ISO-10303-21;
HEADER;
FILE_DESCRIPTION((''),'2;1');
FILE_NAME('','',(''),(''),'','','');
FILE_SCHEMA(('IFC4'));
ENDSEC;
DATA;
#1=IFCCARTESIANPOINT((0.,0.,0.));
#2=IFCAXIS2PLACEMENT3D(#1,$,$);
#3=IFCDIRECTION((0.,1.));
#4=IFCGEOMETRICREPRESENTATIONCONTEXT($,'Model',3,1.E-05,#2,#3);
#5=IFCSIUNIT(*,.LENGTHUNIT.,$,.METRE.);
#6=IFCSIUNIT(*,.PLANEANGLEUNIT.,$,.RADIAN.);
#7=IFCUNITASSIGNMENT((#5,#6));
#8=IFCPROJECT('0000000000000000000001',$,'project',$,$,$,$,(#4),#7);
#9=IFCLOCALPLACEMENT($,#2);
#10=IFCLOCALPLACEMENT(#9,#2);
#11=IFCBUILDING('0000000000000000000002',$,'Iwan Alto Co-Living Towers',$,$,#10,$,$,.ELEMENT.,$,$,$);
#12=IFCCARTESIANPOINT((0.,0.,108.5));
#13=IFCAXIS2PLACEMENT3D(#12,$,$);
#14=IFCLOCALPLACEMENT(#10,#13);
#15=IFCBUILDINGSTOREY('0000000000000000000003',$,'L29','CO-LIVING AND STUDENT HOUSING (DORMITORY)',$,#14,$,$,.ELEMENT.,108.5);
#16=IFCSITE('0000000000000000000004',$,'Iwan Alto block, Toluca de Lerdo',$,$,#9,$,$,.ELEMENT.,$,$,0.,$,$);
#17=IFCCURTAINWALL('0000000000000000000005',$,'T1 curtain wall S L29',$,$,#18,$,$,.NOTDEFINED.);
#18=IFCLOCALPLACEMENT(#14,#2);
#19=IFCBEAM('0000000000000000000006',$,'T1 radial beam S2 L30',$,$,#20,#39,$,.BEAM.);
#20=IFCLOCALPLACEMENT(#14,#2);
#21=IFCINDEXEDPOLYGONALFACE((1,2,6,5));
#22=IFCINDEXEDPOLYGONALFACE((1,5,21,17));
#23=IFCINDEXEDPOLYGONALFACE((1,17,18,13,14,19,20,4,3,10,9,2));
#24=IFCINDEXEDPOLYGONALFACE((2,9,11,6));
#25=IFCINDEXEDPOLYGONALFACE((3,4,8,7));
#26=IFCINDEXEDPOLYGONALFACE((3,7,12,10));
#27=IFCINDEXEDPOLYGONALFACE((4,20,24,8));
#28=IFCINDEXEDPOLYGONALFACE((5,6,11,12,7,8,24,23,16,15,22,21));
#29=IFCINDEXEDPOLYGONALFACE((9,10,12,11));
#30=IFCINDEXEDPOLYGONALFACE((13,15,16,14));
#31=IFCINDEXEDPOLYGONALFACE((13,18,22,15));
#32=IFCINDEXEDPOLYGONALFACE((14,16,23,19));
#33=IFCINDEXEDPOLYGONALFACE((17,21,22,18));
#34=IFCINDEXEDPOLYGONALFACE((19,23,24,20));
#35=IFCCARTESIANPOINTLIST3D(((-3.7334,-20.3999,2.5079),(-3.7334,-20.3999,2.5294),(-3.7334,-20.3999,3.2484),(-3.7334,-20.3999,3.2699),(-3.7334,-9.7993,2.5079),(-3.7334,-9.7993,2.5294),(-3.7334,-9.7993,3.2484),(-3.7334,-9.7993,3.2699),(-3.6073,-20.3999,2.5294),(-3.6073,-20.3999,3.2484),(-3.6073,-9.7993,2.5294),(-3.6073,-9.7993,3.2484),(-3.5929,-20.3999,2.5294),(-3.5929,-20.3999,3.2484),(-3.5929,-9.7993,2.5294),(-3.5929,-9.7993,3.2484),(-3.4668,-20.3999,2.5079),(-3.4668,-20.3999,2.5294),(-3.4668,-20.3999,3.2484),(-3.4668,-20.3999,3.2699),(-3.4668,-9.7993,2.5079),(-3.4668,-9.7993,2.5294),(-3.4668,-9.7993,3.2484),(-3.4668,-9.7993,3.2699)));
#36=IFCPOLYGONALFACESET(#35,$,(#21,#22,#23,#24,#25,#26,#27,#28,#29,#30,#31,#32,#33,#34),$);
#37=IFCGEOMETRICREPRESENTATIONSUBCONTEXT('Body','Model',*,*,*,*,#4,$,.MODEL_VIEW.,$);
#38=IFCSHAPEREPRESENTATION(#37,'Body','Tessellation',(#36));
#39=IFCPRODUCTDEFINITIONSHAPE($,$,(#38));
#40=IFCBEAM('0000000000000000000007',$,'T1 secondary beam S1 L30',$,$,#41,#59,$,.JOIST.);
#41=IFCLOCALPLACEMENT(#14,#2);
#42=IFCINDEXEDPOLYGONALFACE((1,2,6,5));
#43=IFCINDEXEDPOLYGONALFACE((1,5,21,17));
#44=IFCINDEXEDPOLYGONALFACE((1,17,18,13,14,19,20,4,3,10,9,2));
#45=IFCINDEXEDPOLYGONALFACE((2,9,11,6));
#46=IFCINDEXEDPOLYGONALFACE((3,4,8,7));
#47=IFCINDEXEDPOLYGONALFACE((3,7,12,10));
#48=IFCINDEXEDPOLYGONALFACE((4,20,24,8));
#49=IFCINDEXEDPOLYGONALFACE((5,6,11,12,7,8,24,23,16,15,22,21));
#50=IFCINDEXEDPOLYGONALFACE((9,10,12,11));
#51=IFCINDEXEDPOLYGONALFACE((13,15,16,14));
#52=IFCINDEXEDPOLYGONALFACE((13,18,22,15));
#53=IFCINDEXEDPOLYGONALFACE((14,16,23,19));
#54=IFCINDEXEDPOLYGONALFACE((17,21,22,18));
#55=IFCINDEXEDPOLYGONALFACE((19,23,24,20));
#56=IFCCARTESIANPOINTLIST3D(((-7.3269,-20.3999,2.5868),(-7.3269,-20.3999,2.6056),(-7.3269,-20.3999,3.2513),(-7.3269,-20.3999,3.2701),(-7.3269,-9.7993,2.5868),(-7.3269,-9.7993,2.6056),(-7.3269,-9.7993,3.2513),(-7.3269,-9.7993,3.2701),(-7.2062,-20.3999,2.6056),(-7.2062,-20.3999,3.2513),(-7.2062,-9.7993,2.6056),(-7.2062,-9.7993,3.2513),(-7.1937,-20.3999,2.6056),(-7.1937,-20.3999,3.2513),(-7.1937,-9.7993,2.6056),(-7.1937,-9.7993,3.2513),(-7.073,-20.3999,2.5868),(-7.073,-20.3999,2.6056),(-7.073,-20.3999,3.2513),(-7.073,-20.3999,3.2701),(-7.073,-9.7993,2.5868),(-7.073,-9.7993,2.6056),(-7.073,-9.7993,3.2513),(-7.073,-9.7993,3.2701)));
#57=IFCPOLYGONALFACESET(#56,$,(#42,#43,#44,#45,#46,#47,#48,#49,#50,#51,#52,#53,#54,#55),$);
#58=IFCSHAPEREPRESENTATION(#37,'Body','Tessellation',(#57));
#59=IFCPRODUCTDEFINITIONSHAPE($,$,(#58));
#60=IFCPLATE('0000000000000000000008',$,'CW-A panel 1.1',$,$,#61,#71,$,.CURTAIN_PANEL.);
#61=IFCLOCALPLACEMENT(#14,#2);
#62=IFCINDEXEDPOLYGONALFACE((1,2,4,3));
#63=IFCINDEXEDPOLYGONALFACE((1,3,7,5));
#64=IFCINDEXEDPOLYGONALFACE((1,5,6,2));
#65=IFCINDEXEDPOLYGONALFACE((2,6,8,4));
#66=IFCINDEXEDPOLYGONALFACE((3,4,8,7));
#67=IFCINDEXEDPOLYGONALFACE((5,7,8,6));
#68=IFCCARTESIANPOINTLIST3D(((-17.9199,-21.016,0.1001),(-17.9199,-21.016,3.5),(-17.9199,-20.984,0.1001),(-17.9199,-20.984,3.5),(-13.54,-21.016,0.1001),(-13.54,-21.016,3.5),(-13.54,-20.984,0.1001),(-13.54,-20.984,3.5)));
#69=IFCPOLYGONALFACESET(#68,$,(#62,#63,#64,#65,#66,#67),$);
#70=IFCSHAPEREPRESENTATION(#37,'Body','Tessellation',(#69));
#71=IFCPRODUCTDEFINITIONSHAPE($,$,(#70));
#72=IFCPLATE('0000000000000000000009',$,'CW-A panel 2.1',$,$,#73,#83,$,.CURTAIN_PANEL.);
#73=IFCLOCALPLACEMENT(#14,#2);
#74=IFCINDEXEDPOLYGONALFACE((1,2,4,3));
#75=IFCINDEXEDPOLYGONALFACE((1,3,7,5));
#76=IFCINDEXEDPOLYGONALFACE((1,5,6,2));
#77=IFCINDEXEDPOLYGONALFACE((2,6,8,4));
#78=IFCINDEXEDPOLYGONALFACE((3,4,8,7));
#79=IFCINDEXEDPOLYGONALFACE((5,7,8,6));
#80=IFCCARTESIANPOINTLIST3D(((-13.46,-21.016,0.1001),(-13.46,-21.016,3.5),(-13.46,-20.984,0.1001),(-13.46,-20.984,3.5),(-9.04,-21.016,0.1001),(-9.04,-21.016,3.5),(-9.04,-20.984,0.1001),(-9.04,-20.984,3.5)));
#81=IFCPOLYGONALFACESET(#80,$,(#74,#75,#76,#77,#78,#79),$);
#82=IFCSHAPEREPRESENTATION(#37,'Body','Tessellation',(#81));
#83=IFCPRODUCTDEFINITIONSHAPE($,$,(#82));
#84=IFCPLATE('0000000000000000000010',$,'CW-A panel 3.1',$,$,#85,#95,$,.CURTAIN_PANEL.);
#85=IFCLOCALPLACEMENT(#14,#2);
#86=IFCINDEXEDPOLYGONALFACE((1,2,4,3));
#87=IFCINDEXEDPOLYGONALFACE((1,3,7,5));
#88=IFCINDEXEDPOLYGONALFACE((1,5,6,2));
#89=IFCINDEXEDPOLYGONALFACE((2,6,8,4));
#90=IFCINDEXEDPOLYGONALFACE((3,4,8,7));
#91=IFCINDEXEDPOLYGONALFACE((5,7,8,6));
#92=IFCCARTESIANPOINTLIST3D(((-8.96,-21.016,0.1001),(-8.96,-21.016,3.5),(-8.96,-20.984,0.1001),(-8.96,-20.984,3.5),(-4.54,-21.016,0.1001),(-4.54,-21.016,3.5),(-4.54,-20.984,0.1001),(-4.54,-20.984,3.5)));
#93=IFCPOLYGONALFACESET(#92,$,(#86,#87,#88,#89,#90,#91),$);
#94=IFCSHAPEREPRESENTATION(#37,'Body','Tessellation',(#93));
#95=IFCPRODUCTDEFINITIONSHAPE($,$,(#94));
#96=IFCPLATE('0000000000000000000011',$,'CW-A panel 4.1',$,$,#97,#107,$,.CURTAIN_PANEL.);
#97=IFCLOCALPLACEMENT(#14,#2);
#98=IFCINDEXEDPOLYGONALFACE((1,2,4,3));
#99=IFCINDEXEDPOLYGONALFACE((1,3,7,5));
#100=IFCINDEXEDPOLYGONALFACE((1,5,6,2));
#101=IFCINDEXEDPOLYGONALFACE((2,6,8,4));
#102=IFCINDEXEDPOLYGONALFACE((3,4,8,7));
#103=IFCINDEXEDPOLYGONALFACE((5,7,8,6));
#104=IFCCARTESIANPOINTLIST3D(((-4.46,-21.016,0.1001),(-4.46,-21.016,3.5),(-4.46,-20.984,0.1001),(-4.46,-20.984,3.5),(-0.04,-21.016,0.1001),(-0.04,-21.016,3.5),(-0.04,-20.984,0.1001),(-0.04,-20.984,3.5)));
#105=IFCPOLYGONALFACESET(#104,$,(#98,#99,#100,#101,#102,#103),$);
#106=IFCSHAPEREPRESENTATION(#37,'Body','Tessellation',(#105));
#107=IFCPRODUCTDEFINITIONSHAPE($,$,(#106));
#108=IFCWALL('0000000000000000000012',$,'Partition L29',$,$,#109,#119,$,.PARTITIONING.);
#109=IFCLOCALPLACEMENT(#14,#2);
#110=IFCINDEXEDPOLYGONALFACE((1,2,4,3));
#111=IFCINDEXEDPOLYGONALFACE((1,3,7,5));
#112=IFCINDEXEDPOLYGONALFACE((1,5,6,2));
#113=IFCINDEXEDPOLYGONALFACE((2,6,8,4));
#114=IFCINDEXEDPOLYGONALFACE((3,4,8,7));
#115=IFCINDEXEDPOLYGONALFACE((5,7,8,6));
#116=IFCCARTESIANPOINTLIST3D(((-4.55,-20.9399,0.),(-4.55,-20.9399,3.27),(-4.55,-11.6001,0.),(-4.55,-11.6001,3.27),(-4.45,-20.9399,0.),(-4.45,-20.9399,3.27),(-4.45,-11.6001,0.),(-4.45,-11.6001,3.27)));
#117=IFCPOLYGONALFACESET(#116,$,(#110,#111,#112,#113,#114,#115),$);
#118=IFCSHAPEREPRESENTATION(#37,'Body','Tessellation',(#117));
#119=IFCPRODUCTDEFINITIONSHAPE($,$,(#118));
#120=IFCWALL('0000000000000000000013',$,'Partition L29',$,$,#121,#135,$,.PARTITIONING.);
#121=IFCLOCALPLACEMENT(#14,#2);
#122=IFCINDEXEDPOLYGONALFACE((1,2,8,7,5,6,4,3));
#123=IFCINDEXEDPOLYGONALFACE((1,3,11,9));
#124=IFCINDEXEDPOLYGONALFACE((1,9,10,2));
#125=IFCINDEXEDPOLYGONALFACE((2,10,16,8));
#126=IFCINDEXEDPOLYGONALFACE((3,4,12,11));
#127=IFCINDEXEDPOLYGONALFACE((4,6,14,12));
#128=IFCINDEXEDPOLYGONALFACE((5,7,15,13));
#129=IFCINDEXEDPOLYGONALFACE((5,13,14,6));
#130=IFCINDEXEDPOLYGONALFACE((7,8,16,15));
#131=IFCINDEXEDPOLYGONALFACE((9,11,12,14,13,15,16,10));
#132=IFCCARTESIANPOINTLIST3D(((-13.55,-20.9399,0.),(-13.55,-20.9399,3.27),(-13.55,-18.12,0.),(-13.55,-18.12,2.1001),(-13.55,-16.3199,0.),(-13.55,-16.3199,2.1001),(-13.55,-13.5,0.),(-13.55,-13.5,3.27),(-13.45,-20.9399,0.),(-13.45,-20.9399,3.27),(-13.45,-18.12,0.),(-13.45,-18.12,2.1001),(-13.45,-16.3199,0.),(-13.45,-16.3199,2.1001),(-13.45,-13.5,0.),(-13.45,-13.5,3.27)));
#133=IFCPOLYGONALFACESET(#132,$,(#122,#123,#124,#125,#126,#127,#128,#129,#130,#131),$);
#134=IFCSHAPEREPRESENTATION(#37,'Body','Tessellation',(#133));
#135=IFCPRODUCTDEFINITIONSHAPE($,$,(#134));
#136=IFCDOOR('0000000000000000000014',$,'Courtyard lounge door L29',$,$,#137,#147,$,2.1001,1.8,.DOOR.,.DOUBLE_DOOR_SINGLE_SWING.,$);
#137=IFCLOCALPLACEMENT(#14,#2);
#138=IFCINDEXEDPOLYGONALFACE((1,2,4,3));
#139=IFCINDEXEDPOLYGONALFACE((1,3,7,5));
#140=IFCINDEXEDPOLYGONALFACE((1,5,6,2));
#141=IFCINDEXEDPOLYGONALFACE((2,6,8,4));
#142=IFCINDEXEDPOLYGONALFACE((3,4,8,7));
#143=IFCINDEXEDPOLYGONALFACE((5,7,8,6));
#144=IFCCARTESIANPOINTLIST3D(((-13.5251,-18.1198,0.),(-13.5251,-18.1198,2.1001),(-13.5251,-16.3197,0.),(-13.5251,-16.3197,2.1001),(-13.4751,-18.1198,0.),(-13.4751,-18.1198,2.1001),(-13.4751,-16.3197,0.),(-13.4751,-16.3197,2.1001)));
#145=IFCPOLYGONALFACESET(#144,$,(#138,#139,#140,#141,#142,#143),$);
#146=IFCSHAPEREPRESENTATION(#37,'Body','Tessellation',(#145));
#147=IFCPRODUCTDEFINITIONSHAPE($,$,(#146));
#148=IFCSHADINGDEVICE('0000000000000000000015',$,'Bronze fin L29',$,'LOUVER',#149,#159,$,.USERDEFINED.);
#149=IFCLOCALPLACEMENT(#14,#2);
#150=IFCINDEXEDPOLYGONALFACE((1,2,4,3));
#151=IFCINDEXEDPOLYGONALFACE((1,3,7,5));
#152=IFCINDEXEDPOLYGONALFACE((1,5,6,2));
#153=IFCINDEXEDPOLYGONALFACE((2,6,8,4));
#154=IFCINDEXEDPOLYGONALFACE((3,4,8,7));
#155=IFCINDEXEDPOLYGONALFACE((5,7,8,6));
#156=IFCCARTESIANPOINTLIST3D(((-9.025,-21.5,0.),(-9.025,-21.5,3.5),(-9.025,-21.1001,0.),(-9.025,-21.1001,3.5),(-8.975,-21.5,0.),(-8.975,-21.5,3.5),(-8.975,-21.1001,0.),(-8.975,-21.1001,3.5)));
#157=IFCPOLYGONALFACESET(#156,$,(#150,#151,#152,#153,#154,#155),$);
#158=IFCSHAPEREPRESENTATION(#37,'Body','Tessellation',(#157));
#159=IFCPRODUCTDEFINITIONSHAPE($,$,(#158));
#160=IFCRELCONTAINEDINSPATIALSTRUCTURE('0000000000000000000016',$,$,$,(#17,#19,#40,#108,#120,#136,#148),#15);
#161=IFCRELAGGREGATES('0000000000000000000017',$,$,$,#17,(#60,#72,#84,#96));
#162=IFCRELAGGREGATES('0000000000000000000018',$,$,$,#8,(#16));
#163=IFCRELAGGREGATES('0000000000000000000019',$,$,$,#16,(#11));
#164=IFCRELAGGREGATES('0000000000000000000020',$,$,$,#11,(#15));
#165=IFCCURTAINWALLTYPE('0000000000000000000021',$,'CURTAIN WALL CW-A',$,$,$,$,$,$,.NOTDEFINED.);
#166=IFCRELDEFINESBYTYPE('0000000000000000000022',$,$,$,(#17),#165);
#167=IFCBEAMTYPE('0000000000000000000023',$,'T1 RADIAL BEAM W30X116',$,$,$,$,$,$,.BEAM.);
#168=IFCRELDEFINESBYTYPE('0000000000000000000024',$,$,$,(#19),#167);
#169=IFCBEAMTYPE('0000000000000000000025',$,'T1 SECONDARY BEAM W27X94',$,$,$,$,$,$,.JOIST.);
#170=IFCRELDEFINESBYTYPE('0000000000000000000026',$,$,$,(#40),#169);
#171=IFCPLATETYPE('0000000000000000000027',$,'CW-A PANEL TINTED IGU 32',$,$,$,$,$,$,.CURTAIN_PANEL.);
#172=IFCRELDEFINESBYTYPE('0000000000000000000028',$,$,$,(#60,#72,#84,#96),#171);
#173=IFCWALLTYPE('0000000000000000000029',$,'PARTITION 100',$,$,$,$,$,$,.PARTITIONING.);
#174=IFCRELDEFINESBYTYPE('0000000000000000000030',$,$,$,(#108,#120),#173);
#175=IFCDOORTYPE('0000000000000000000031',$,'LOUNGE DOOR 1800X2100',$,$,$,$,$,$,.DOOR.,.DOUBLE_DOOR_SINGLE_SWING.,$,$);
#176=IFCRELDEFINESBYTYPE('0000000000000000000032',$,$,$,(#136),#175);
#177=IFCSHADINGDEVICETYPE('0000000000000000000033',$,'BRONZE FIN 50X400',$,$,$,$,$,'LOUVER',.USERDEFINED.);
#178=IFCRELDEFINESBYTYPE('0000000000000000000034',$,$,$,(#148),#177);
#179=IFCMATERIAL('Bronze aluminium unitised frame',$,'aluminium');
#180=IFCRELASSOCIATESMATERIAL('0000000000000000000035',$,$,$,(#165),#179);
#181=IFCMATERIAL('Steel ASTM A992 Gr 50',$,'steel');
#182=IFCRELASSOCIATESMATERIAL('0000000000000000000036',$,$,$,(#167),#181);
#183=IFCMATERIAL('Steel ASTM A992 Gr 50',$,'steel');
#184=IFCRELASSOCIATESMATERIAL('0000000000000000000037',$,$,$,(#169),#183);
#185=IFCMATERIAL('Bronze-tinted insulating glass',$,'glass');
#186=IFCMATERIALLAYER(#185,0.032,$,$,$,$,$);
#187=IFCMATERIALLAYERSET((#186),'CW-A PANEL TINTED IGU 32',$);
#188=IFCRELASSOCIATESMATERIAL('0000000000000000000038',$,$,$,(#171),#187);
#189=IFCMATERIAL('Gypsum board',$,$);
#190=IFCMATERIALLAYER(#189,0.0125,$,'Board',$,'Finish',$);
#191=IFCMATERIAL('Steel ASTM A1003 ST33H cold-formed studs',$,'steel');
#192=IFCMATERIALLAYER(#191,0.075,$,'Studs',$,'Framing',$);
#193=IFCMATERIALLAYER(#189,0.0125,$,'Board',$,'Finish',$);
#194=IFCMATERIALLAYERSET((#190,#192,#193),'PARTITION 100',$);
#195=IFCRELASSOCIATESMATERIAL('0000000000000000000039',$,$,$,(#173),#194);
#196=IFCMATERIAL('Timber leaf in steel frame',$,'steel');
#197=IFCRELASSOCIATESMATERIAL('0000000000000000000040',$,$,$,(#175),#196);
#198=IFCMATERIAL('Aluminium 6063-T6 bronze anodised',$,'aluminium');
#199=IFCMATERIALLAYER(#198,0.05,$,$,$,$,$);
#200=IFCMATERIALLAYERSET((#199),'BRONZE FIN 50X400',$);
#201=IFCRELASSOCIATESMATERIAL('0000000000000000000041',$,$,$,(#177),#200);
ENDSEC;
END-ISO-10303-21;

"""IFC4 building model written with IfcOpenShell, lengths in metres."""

from ifc_helpers import new_model, si_unit, direction, frame, frame_2d, origin, origin_2d, place, context, subcontext, project, spatial, rectangle, i_section, extrude, material, layer, layer_set, material_profile, profile_set, type_object, element, fill, aggregate, save


model = new_model("IFC4")

# Units and contexts
model_context = context("Model", 3, precision=1e-05, world=origin(), true_north=direction((0.0, 1.0)))
body_context = subcontext(model_context, "Body", "Model", "MODEL_VIEW")
ifc_project = project(units=[si_unit("LENGTHUNIT", "METRE"), si_unit("PLANEANGLEUNIT", "RADIAN")], contexts=[model_context])

# Site, building, storey
site_placement = place(None, origin())
site = spatial("IfcSite", under=ifc_project, at=site_placement, Name="Iwan Alto block, Toluca de Lerdo", CompositionType="ELEMENT", RefElevation=0.0)
building_placement = place(site_placement, origin())
building = spatial("IfcBuilding", under=site, at=building_placement, Name="Iwan Alto Co-Living Towers", CompositionType="ELEMENT")
storey_placement = place(building_placement, frame((0.0, 0.0, 108.5)))
storey = spatial("IfcBuildingStorey", under=building, at=storey_placement, Name="L29", Description="CO-LIVING AND STUDENT HOUSING (DORMITORY)", CompositionType="ELEMENT", Elevation=108.5)

# Curtain wall
ifc_material_1 = material(Name="Bronze aluminium unitised frame", Category="aluminium")
curtain_wall_type = type_object("IfcCurtainWallType", Name="CURTAIN WALL CW-A", PredefinedType="NOTDEFINED", material=ifc_material_1)
curtain_wall_placement = place(storey_placement, origin())
curtain_wall = element("IfcCurtainWall", 1, at=curtain_wall_placement, inside=storey, type_object=curtain_wall_type, Name="T1 curtain wall S L29", PredefinedType="NOTDEFINED")

# Beams
ifc_material_2 = material(Name="Steel ASTM A992 Gr 50", Category="steel")
ifc_material_profile_1 = material_profile(ifc_material_2, i_section(OverallWidth=0.2666, OverallDepth=0.762, WebThickness=0.0144, FlangeThickness=0.0215, at=origin_2d()), Name="W30X116")
ifc_profile_set_1 = profile_set([ifc_material_profile_1], Name="Steel ASTM A992 Gr 50")
beam_type_1 = type_object("IfcBeamType", Name="T1 RADIAL BEAM W30X116", PredefinedType="BEAM", material=ifc_profile_set_1)
beam_1_placement = place(storey_placement, frame((-3.6001, -20.3999, 2.8889), z_axis=(0.0, 1.0, 0.0), x_axis=(-1.0, 0.0, 0.0)))
element("IfcBeam", 2, at=beam_1_placement, inside=storey, type_object=beam_type_1, Name="T1 radial beam S2 L30", PredefinedType="BEAM", context=body_context, shape_type="SweptSolid", body=[
    extrude(i_section(OverallWidth=0.2666, OverallDepth=0.762, WebThickness=0.0144, FlangeThickness=0.0215, at=origin_2d()), origin(), (0.0, 0.0, 1.0), 10.6006),
])
ifc_material_3 = material(Name="Steel ASTM A992 Gr 50", Category="steel")
ifc_material_profile_2 = material_profile(ifc_material_3, i_section(OverallWidth=0.2539, OverallDepth=0.6833, WebThickness=0.0125, FlangeThickness=0.0188, at=origin_2d()), Name="W27X94")
ifc_profile_set_2 = profile_set([ifc_material_profile_2], Name="Steel ASTM A992 Gr 50")
beam_type_2 = type_object("IfcBeamType", Name="T1 SECONDARY BEAM W27X94", PredefinedType="JOIST", material=ifc_profile_set_2)
beam_2_placement = place(storey_placement, frame((-7.2, -20.3999, 2.9285), z_axis=(0.0, 1.0, 0.0), x_axis=(-1.0, 0.0, 0.0)))
element("IfcBeam", 3, at=beam_2_placement, inside=storey, type_object=beam_type_2, Name="T1 secondary beam S1 L30", PredefinedType="JOIST", context=body_context, shape_type="SweptSolid", body=[
    extrude(i_section(OverallWidth=0.2539, OverallDepth=0.6833, WebThickness=0.0125, FlangeThickness=0.0188, at=origin_2d()), origin(), (0.0, 0.0, 1.0), 10.6006),
])

# Plates
ifc_material_4 = material(Name="Bronze-tinted insulating glass", Category="glass")
ifc_layer_1 = layer(ifc_material_4, 0.032)
ifc_layer_set_1 = layer_set([ifc_layer_1], Name="CW-A PANEL TINTED IGU 32")
plate_type = type_object("IfcPlateType", Name="CW-A PANEL TINTED IGU 32", PredefinedType="CURTAIN_PANEL", material=ifc_layer_set_1)
plate_1_placement = place(storey_placement, frame((-15.73, -21.0, 0.1001), z_axis=(0.0, 0.0, 1.0), x_axis=(1.0, 0.0, 0.0)))
plate_1 = element("IfcPlate", 4, at=plate_1_placement, type_object=plate_type, Name="CW-A panel 1.1", PredefinedType="CURTAIN_PANEL", context=body_context, shape_type="SweptSolid", body=[
    extrude(rectangle(XDim=4.3799, YDim=0.032, at=origin_2d()), origin(), (0.0, 0.0, 1.0), 3.3999),
])
plate_2_placement = place(storey_placement, frame((-11.25, -21.0, 0.1001), z_axis=(0.0, 0.0, 1.0), x_axis=(1.0, 0.0, 0.0)))
plate_2 = element("IfcPlate", 5, at=plate_2_placement, type_object=plate_type, Name="CW-A panel 2.1", PredefinedType="CURTAIN_PANEL", context=body_context, shape_type="SweptSolid", body=[
    extrude(rectangle(XDim=4.4199, YDim=0.032, at=origin_2d()), origin(), (0.0, 0.0, 1.0), 3.3999),
])
plate_3_placement = place(storey_placement, frame((-6.75, -21.0, 0.1001), z_axis=(0.0, 0.0, 1.0), x_axis=(1.0, 0.0, 0.0)))
plate_3 = element("IfcPlate", 6, at=plate_3_placement, type_object=plate_type, Name="CW-A panel 3.1", PredefinedType="CURTAIN_PANEL", context=body_context, shape_type="SweptSolid", body=[
    extrude(rectangle(XDim=4.4199, YDim=0.032, at=origin_2d()), origin(), (0.0, 0.0, 1.0), 3.3999),
])
plate_4_placement = place(storey_placement, frame((-2.25, -21.0, 0.1001), z_axis=(0.0, 0.0, 1.0), x_axis=(1.0, 0.0, 0.0)))
plate_4 = element("IfcPlate", 7, at=plate_4_placement, type_object=plate_type, Name="CW-A panel 4.1", PredefinedType="CURTAIN_PANEL", context=body_context, shape_type="SweptSolid", body=[
    extrude(rectangle(XDim=4.4199, YDim=0.032, at=origin_2d()), origin(), (0.0, 0.0, 1.0), 3.3999),
])
aggregate(curtain_wall, [plate_1, plate_2, plate_3, plate_4])

# Wall
ifc_material_5 = material(Name="Gypsum board")
ifc_layer_2 = layer(ifc_material_5, 0.0125, Name="Board", Category="Finish")
ifc_material_6 = material(Name="Steel ASTM A1003 ST33H cold-formed studs", Category="steel")
ifc_layer_3 = layer(ifc_material_6, 0.075, Name="Studs", Category="Framing")
ifc_layer_4 = layer(ifc_material_5, 0.0125, Name="Board", Category="Finish")
ifc_layer_set_2 = layer_set([ifc_layer_2, ifc_layer_3, ifc_layer_4], Name="PARTITION 100")
wall_type = type_object("IfcWallType", Name="PARTITION 100", PredefinedType="PARTITIONING", material=ifc_layer_set_2)
wall_1_placement = place(storey_placement, frame((-4.5, -20.9399, 0.0), z_axis=(0.0, 0.0, 1.0), x_axis=(0.0, 1.0, 0.0)))
element("IfcWall", 8, at=wall_1_placement, inside=storey, type_object=wall_type, Name="Partition L29", PredefinedType="PARTITIONING", context=body_context, shape_type="SweptSolid", body=[
    extrude(rectangle(XDim=9.3398, YDim=0.1001, at=frame_2d((4.6699, 0.0))), origin(), (0.0, 0.0, 1.0), 3.27),
])

# Wall, opening, door
wall_2_placement = place(storey_placement, frame((-13.5, -20.9399, 0.0), z_axis=(0.0, 0.0, 1.0), x_axis=(0.0, 1.0, 0.0)))
wall_2 = element("IfcWall", 9, at=wall_2_placement, inside=storey, type_object=wall_type, Name="Partition L29", PredefinedType="PARTITIONING", context=body_context, shape_type="SweptSolid", body=[
    extrude(rectangle(XDim=7.4399, YDim=0.1001, at=frame_2d((3.72, 0.0))), origin(), (0.0, 0.0, 1.0), 3.27),
])
opening_placement = place(wall_2_placement, frame((2.8201, 0.0, 0.0)))
opening = element("IfcOpeningElement", 10, at=opening_placement, cuts=wall_2, PredefinedType="OPENING", context=body_context, shape_type="SweptSolid", body=[
    extrude(rectangle(XDim=1.8, YDim=2.1001, at=frame_2d((0.8999, 1.05))), frame((0.0, 0.0601, 0.0), z_axis=(0.0, -1.0, 0.0), x_axis=(1.0, 0.0, 0.0)), (0.0, 0.0, 1.0), 0.1201),
])
ifc_material_7 = material(Name="Timber leaf in steel frame", Category="steel")
door_type = type_object("IfcDoorType", Name="LOUNGE DOOR 1800X2100", OperationType="DOUBLE_DOOR_SINGLE_SWING", PredefinedType="DOOR", material=ifc_material_7)
door_placement = place(opening_placement, frame((1.8, 0.0, 0.0), z_axis=(0.0, 0.0, 1.0), x_axis=(-1.0, 0.0, 0.0)))
door = element("IfcDoor", 11, at=door_placement, inside=storey, type_object=door_type, Name="Courtyard lounge door L29", OperationType="DOUBLE_DOOR_SINGLE_SWING", OverallHeight=2.1001, OverallWidth=1.8, PredefinedType="DOOR", context=body_context, shape_type="SweptSolid", body=[
    extrude(rectangle(XDim=1.8, YDim=2.1001, at=frame_2d((0.8999, 1.05))), frame((0.0, 0.0249, 0.0), z_axis=(0.0, -1.0, 0.0), x_axis=(1.0, 0.0, 0.0)), (0.0, 0.0, 1.0), 0.05),
])
fill(opening, door)

# Shading device
ifc_material_8 = material(Name="Aluminium 6063-T6 bronze anodised", Category="aluminium")
ifc_layer_5 = layer(ifc_material_8, 0.05)
ifc_layer_set_3 = layer_set([ifc_layer_5], Name="BRONZE FIN 50X400")
shading_device_type = type_object("IfcShadingDeviceType", Name="BRONZE FIN 50X400", ElementType="LOUVER", PredefinedType="USERDEFINED", material=ifc_layer_set_3)
shading_device_placement = place(storey_placement, frame((-9.0, -21.3, 0.0), z_axis=(0.0, 0.0, 1.0), x_axis=(1.0, 0.0, 0.0)))
element("IfcShadingDevice", 12, at=shading_device_placement, inside=storey, type_object=shading_device_type, Name="Bronze fin L29", ObjectType="LOUVER", PredefinedType="USERDEFINED", context=body_context, shape_type="SweptSolid", body=[
    extrude(rectangle(XDim=0.05, YDim=0.3999, at=origin_2d()), origin(), (0.0, 0.0, 1.0), 3.5),
])

save(model, "model.ifc")
